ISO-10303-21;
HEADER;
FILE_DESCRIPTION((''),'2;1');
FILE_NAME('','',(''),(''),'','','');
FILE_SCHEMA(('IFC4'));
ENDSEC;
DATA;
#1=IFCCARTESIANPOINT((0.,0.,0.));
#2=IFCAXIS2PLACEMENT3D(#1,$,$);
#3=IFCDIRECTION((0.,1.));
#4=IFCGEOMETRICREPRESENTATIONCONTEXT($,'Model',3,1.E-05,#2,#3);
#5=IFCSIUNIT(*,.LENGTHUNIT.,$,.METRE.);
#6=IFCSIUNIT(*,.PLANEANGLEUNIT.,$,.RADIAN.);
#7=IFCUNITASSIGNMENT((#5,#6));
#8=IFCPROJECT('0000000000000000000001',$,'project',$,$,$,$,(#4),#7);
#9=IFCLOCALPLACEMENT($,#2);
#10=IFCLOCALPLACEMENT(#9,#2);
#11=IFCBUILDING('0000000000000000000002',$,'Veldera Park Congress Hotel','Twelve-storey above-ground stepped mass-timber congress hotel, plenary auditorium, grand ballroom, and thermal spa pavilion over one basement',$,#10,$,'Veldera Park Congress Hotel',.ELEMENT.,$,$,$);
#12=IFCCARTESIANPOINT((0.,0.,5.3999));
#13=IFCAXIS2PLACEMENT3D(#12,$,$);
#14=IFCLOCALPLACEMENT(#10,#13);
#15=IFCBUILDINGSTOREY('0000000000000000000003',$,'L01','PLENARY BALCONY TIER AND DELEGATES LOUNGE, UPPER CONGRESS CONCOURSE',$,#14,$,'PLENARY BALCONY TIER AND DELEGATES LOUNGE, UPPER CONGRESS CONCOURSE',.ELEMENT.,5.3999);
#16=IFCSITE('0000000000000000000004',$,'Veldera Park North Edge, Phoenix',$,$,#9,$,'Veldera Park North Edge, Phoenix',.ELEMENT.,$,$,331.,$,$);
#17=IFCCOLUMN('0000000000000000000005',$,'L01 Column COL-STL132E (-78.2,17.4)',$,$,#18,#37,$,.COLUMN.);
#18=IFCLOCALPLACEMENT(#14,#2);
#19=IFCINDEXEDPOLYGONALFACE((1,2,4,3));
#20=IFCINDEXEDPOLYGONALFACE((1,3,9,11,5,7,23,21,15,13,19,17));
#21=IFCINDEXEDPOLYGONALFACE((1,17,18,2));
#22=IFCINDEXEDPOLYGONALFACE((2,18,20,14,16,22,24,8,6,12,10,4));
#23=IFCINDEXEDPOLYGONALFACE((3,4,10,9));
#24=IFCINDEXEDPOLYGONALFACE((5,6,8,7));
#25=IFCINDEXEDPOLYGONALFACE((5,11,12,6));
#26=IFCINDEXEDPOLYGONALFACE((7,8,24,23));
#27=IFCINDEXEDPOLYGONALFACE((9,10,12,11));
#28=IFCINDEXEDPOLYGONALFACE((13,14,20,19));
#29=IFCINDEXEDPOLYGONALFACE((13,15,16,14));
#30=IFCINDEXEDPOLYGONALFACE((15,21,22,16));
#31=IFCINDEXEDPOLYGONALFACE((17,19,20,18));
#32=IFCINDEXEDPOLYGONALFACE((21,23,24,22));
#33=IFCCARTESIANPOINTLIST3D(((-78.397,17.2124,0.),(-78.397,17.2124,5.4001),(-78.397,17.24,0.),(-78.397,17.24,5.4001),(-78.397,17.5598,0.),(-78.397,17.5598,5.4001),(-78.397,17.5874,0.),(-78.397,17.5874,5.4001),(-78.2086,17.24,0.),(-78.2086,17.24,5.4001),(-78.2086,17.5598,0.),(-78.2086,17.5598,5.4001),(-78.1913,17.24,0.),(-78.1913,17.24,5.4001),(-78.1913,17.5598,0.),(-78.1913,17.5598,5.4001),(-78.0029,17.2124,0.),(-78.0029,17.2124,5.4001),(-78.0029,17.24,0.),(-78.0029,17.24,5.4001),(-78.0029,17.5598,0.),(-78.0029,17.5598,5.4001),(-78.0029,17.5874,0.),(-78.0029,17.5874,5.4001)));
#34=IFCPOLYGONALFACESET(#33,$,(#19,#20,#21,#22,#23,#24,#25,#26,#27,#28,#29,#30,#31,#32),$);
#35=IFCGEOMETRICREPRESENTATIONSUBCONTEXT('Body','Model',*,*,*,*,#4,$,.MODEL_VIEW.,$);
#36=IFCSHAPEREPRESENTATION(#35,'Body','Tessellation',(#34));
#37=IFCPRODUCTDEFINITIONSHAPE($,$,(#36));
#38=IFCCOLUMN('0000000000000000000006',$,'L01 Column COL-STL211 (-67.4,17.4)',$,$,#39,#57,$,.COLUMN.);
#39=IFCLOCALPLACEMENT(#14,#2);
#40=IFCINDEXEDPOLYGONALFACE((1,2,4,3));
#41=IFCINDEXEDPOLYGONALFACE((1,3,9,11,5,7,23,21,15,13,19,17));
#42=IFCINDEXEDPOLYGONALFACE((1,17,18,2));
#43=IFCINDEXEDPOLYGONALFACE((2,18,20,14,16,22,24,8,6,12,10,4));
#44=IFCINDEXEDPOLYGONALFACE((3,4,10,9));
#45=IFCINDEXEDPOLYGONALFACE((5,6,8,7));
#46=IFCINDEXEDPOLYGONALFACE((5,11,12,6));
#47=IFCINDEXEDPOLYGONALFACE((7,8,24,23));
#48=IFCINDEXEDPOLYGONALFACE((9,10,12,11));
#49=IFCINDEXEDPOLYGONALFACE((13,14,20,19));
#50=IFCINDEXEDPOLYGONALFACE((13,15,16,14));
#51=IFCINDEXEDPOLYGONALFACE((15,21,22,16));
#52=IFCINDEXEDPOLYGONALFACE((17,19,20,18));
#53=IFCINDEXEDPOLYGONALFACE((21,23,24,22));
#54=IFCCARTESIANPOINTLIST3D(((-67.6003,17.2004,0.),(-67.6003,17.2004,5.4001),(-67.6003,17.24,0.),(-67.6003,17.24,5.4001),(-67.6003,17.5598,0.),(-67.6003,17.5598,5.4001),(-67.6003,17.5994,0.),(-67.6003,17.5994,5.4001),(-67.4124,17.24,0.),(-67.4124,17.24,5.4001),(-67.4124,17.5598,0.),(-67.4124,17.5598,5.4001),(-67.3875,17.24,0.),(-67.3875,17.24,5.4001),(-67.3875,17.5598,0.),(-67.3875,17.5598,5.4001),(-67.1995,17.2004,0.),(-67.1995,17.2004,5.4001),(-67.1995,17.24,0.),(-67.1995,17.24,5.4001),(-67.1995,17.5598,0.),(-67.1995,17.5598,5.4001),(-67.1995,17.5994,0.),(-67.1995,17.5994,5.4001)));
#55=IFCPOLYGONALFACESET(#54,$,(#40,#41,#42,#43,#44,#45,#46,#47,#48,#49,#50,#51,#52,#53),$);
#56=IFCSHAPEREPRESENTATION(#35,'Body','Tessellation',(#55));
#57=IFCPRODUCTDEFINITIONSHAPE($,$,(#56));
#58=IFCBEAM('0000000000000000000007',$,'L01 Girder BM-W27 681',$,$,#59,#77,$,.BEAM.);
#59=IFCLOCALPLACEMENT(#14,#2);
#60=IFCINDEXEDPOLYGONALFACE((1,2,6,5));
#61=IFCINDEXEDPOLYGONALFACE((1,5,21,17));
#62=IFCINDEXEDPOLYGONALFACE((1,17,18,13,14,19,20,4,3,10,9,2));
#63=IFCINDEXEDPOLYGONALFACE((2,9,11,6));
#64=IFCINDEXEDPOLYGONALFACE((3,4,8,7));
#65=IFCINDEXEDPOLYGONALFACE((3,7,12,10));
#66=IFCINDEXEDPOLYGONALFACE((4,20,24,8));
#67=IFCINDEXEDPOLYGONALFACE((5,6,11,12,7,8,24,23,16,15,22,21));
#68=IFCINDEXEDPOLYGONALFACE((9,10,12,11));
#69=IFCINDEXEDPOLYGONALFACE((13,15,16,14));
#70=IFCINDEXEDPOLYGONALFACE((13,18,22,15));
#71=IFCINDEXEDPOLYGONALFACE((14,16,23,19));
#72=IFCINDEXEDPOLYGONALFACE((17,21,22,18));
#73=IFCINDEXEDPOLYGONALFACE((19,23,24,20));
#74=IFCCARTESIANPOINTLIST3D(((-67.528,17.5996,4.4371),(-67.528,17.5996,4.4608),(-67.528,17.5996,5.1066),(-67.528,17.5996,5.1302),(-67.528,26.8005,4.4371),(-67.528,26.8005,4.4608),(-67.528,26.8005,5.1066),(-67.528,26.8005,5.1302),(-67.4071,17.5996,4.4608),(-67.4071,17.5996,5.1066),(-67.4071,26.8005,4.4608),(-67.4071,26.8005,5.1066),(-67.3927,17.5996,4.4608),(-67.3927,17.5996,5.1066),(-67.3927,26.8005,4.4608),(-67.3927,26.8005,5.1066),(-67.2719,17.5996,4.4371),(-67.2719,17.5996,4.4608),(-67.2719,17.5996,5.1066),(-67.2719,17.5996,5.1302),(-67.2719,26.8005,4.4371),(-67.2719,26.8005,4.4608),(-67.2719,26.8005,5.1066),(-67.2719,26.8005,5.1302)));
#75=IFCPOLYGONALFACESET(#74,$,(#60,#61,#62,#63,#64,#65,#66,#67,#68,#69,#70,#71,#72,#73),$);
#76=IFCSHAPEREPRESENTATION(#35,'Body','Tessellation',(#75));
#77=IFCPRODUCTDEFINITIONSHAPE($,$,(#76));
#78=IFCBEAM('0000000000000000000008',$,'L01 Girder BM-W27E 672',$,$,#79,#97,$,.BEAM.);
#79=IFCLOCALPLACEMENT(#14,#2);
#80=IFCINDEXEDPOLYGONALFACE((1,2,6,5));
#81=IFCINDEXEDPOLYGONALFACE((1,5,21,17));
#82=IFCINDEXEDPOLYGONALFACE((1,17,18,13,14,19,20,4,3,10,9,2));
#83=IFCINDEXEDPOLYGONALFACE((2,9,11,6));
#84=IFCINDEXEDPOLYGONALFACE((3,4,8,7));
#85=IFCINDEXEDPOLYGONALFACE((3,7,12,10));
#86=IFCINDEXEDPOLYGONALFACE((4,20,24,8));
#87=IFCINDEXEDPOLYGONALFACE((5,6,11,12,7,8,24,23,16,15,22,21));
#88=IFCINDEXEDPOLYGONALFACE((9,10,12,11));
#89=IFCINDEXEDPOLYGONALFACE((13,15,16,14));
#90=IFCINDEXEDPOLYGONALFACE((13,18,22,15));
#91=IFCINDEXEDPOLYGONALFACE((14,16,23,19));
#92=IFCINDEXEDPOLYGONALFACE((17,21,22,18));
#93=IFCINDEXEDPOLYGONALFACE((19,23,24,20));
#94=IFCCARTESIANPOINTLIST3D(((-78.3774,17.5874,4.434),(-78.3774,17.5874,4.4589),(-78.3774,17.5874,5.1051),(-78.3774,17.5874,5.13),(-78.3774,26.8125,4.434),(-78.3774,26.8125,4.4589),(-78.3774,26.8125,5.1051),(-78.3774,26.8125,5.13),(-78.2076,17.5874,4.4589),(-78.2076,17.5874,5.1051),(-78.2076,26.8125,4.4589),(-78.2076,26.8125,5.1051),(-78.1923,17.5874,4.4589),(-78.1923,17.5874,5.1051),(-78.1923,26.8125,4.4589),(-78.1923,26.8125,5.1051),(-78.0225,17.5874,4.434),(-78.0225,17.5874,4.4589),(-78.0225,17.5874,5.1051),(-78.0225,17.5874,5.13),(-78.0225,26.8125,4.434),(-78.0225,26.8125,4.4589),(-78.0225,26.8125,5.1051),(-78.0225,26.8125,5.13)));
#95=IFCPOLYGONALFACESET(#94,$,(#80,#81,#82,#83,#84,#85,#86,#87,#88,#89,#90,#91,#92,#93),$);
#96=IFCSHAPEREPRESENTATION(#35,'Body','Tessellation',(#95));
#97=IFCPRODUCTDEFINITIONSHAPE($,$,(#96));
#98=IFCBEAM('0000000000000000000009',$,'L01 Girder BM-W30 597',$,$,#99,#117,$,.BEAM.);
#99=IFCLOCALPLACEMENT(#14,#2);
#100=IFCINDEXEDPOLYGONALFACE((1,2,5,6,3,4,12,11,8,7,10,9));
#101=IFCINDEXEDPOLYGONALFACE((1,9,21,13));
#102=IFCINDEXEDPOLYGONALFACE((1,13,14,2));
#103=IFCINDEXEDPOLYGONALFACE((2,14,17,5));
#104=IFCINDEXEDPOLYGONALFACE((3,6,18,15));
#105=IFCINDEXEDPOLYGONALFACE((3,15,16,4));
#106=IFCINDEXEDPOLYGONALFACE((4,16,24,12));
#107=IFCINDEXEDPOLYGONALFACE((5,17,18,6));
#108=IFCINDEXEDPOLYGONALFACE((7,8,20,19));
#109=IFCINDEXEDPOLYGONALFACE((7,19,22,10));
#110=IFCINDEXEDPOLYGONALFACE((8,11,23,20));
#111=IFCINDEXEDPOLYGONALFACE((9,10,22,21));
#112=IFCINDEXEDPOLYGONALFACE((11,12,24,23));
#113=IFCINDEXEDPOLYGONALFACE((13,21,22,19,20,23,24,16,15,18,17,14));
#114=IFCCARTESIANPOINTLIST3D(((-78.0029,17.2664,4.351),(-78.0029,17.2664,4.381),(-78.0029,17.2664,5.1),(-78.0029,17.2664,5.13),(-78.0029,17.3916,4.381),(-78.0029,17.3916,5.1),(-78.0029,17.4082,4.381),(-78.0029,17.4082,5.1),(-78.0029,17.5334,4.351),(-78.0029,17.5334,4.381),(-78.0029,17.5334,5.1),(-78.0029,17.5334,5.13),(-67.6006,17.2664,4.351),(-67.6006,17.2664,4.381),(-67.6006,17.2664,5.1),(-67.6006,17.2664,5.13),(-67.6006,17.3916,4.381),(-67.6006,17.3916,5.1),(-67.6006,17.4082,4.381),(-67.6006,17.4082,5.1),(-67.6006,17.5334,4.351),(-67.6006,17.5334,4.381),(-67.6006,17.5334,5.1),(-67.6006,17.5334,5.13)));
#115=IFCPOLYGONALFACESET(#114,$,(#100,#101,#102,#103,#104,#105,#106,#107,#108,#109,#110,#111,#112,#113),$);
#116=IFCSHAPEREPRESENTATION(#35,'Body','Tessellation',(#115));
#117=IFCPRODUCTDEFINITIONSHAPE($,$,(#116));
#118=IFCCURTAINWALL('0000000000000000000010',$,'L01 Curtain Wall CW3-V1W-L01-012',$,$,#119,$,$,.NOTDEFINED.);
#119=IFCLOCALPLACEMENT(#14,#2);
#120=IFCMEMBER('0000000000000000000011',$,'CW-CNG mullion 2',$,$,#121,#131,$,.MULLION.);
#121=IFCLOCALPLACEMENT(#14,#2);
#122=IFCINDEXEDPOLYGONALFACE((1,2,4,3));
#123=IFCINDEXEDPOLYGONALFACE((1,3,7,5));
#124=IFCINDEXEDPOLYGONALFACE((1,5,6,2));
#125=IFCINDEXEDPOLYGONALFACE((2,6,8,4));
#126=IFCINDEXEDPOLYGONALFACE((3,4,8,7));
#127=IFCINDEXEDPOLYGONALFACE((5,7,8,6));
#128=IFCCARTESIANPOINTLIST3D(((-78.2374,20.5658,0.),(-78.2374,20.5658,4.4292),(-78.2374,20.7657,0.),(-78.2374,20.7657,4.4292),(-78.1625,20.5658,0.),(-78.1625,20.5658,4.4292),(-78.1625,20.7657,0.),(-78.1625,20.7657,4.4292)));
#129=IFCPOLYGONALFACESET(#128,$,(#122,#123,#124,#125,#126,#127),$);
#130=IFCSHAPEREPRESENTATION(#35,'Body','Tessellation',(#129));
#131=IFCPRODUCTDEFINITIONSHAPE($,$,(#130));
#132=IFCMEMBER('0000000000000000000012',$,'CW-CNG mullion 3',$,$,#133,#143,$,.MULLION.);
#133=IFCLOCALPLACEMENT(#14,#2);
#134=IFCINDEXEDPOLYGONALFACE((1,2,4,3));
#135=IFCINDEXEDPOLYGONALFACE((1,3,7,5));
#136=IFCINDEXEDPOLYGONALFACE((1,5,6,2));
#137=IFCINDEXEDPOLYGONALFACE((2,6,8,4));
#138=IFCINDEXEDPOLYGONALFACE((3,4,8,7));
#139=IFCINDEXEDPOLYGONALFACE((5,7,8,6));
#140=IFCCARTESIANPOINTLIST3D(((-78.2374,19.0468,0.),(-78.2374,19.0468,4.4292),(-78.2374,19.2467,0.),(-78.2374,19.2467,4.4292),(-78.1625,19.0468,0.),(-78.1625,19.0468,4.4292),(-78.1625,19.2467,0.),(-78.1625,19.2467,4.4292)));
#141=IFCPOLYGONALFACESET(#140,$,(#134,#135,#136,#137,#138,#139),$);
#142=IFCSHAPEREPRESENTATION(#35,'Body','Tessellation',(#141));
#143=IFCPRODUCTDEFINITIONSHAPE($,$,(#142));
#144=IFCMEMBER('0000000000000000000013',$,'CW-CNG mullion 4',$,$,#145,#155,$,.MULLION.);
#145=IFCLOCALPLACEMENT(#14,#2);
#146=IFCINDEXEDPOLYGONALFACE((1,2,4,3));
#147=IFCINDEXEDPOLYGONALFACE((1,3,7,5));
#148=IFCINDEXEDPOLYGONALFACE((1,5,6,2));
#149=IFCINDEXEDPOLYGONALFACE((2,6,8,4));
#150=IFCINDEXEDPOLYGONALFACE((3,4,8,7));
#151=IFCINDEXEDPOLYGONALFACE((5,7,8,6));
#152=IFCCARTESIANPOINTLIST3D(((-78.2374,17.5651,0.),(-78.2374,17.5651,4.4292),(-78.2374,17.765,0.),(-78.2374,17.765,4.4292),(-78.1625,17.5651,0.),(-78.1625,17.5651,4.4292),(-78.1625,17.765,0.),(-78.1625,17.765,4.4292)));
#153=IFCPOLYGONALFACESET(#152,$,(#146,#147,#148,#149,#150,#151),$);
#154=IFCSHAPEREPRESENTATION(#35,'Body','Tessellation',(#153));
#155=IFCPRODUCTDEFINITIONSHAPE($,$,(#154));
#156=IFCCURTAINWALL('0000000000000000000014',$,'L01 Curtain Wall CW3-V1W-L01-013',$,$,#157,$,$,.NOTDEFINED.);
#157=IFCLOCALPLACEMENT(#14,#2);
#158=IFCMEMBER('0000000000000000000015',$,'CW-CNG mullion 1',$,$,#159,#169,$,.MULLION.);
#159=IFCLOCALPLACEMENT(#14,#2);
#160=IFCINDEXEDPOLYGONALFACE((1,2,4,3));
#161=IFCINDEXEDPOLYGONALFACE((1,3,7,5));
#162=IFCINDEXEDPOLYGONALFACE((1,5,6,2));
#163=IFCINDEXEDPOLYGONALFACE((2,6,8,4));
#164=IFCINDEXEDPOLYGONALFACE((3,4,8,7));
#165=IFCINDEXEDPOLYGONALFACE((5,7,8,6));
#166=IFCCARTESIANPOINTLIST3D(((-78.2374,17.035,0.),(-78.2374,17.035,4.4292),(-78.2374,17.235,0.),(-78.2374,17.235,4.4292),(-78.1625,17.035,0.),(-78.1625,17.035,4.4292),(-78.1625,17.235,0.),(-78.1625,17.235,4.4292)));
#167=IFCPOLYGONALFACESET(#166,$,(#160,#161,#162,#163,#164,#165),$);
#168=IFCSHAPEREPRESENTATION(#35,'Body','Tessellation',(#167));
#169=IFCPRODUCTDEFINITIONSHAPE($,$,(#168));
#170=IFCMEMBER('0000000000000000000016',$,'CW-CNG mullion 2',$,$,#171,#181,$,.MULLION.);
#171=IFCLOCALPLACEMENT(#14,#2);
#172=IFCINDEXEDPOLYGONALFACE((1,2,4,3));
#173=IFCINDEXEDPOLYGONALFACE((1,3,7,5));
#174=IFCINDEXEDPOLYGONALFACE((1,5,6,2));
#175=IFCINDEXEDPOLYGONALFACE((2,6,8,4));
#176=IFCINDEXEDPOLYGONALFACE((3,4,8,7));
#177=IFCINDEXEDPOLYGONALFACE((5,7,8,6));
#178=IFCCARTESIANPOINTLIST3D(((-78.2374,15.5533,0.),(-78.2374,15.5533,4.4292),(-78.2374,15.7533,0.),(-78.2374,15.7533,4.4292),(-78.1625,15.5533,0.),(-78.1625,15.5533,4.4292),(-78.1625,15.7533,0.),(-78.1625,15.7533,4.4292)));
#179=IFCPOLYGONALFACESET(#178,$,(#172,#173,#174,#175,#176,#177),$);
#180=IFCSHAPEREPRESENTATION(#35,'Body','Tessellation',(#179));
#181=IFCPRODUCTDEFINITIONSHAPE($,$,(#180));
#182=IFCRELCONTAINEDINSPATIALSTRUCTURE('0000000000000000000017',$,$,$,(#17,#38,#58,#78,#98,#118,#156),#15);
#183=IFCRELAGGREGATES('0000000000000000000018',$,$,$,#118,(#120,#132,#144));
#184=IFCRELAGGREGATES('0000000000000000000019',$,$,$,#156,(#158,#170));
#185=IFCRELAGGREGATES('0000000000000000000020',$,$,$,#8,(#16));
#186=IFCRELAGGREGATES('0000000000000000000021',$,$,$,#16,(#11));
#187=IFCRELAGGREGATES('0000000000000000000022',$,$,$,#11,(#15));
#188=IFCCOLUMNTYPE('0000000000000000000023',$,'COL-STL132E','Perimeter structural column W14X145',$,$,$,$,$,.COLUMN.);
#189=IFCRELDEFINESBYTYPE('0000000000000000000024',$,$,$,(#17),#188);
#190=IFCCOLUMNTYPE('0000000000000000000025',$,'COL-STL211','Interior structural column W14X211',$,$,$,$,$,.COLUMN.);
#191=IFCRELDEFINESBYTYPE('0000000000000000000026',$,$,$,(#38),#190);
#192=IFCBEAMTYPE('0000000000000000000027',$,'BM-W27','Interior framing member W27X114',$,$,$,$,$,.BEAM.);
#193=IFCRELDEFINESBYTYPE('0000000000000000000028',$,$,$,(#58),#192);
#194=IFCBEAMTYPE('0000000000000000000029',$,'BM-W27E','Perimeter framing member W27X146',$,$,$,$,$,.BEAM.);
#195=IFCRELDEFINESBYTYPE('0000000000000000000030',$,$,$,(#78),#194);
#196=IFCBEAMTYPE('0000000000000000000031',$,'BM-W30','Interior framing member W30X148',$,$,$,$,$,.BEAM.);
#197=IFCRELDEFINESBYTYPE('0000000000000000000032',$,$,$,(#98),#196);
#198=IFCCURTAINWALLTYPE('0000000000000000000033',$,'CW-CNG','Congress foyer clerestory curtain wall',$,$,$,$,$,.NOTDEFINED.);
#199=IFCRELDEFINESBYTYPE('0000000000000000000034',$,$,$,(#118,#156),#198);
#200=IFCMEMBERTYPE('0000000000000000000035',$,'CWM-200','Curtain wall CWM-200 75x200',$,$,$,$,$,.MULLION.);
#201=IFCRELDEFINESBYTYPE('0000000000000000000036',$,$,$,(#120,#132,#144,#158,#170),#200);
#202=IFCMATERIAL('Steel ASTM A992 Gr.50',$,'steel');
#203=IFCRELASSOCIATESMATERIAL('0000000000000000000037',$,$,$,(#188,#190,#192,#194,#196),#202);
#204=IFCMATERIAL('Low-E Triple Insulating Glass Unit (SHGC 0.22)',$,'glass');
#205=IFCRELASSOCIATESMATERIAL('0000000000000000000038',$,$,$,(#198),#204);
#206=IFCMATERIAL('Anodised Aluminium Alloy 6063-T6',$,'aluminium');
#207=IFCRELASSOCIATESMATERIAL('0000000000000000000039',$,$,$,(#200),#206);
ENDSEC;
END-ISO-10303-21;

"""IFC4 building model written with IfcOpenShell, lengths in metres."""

from ifc_helpers import new_model, si_unit, direction, frame, origin, origin_2d, place, context, subcontext, project, spatial, rectangle, i_section, extrude, material, material_profile, profile_set, type_object, element, aggregate, save


model = new_model("IFC4")

# Units and contexts
model_context = context("Model", 3, precision=1e-05, world=origin(), true_north=direction((0.0, 1.0)))
body_context = subcontext(model_context, "Body", "Model", "MODEL_VIEW")
ifc_project = project(units=[si_unit("LENGTHUNIT", "METRE"), si_unit("PLANEANGLEUNIT", "RADIAN")], contexts=[model_context])

# Site, building, storey
site_placement = place(None, origin())
site = spatial("IfcSite", under=ifc_project, at=site_placement, Name="Veldera Park North Edge, Phoenix", LongName="Veldera Park North Edge, Phoenix", CompositionType="ELEMENT", RefElevation=331.0)
building_placement = place(site_placement, origin())
building = spatial("IfcBuilding", under=site, at=building_placement, Name="Veldera Park Congress Hotel", Description="Twelve-storey above-ground stepped mass-timber congress hotel, plenary auditorium, grand ballroom, and thermal spa pavilion over one basement", LongName="Veldera Park Congress Hotel", CompositionType="ELEMENT")
storey_placement = place(building_placement, frame((0.0, 0.0, 5.3999)))
storey = spatial("IfcBuildingStorey", under=building, at=storey_placement, Name="L01", Description="PLENARY BALCONY TIER AND DELEGATES LOUNGE, UPPER CONGRESS CONCOURSE", LongName="PLENARY BALCONY TIER AND DELEGATES LOUNGE, UPPER CONGRESS CONCOURSE", CompositionType="ELEMENT", Elevation=5.3999)

# Columns
ifc_material_1 = material(Name="Steel ASTM A992 Gr.50", Category="steel")
ifc_material_profile_1 = material_profile(ifc_material_1, i_section(OverallWidth=0.394, OverallDepth=0.375, WebThickness=0.0173, FlangeThickness=0.0276, at=origin_2d()), Name="W14X145")
ifc_profile_set_1 = profile_set([ifc_material_profile_1], Name="Steel ASTM A992 Gr.50")
column_type_1 = type_object("IfcColumnType", Name="COL-STL132E", Description="Perimeter structural column W14X145", PredefinedType="COLUMN", material=ifc_profile_set_1)
column_1_placement = place(storey_placement, frame((-78.2, 17.3999, 0.0), z_axis=(0.0, 0.0, 1.0), x_axis=(1.0, 0.0, 0.0)))
element("IfcColumn", 1, at=column_1_placement, inside=storey, type_object=column_type_1, Name="L01 Column COL-STL132E (-78.2,17.4)", PredefinedType="COLUMN", context=body_context, shape_type="SweptSolid", body=[
    extrude(i_section(OverallWidth=0.394, OverallDepth=0.375, WebThickness=0.0173, FlangeThickness=0.0276, at=origin_2d()), origin(), (0.0, 0.0, 1.0), 5.4001),
])
ifc_material_profile_2 = material_profile(ifc_material_1, i_section(OverallWidth=0.4009, OverallDepth=0.3989, WebThickness=0.0249, FlangeThickness=0.0396, at=origin_2d()), Name="W14X211")
ifc_profile_set_2 = profile_set([ifc_material_profile_2], Name="Steel ASTM A992 Gr.50")
column_type_2 = type_object("IfcColumnType", Name="COL-STL211", Description="Interior structural column W14X211", PredefinedType="COLUMN", material=ifc_profile_set_2)
column_2_placement = place(storey_placement, frame((-67.3999, 17.3999, 0.0), z_axis=(0.0, 0.0, 1.0), x_axis=(1.0, 0.0, 0.0)))
element("IfcColumn", 2, at=column_2_placement, inside=storey, type_object=column_type_2, Name="L01 Column COL-STL211 (-67.4,17.4)", PredefinedType="COLUMN", context=body_context, shape_type="SweptSolid", body=[
    extrude(i_section(OverallWidth=0.4009, OverallDepth=0.3989, WebThickness=0.0249, FlangeThickness=0.0396, at=origin_2d()), origin(), (0.0, 0.0, 1.0), 5.4001),
])

# Beams
ifc_material_profile_3 = material_profile(ifc_material_1, i_section(OverallWidth=0.2561, OverallDepth=0.6931, WebThickness=0.0144, FlangeThickness=0.0237, at=origin_2d()), Name="W27X114")
ifc_profile_set_3 = profile_set([ifc_material_profile_3], Name="Steel ASTM A992 Gr.50")
beam_type_1 = type_object("IfcBeamType", Name="BM-W27", Description="Interior framing member W27X114", PredefinedType="BEAM", material=ifc_profile_set_3)
beam_1_placement = place(storey_placement, frame((-67.3999, 17.5996, 4.7837), z_axis=(0.0, 1.0, 0.0), x_axis=(-1.0, 0.0, 0.0)))
element("IfcBeam", 3, at=beam_1_placement, inside=storey, type_object=beam_type_1, Name="L01 Girder BM-W27 681", PredefinedType="BEAM", context=body_context, shape_type="SweptSolid", body=[
    extrude(i_section(OverallWidth=0.2561, OverallDepth=0.6931, WebThickness=0.0144, FlangeThickness=0.0237, at=origin_2d()), origin(), (0.0, 0.0, 1.0), 9.2009),
])
ifc_material_profile_4 = material_profile(ifc_material_1, i_section(OverallWidth=0.355, OverallDepth=0.696, WebThickness=0.0154, FlangeThickness=0.0249, at=origin_2d()), Name="W27X146")
ifc_profile_set_4 = profile_set([ifc_material_profile_4], Name="Steel ASTM A992 Gr.50")
beam_type_2 = type_object("IfcBeamType", Name="BM-W27E", Description="Perimeter framing member W27X146", PredefinedType="BEAM", material=ifc_profile_set_4)
beam_2_placement = place(storey_placement, frame((-78.2, 17.5874, 4.782), z_axis=(0.0, 1.0, 0.0), x_axis=(-1.0, 0.0, 0.0)))
element("IfcBeam", 4, at=beam_2_placement, inside=storey, type_object=beam_type_2, Name="L01 Girder BM-W27E 672", PredefinedType="BEAM", context=body_context, shape_type="SweptSolid", body=[
    extrude(i_section(OverallWidth=0.355, OverallDepth=0.696, WebThickness=0.0154, FlangeThickness=0.0249, at=origin_2d()), origin(), (0.0, 0.0, 1.0), 9.2251),
])
ifc_material_profile_5 = material_profile(ifc_material_1, i_section(OverallWidth=0.2671, OverallDepth=0.7791, WebThickness=0.0166, FlangeThickness=0.03, at=origin_2d()), Name="W30X148")
ifc_profile_set_5 = profile_set([ifc_material_profile_5], Name="Steel ASTM A992 Gr.50")
beam_type_3 = type_object("IfcBeamType", Name="BM-W30", Description="Interior framing member W30X148", PredefinedType="BEAM", material=ifc_profile_set_5)
beam_3_placement = place(storey_placement, frame((-78.0029, 17.3999, 4.7405), z_axis=(1.0, 0.0, 0.0), x_axis=(0.0, 1.0, 0.0)))
element("IfcBeam", 5, at=beam_3_placement, inside=storey, type_object=beam_type_3, Name="L01 Girder BM-W30 597", PredefinedType="BEAM", context=body_context, shape_type="SweptSolid", body=[
    extrude(i_section(OverallWidth=0.2671, OverallDepth=0.7791, WebThickness=0.0166, FlangeThickness=0.03, at=origin_2d()), origin(), (0.0, 0.0, 1.0), 10.4023),
])

# Curtain walls, members
ifc_material_2 = material(Name="Low-E Triple Insulating Glass Unit (SHGC 0.22)", Category="glass")
curtain_wall_type = type_object("IfcCurtainWallType", Name="CW-CNG", Description="Congress foyer clerestory curtain wall", PredefinedType="NOTDEFINED", material=ifc_material_2)
curtain_wall_1_placement = place(storey_placement, origin())
curtain_wall_1 = element("IfcCurtainWall", 6, at=curtain_wall_1_placement, inside=storey, type_object=curtain_wall_type, Name="L01 Curtain Wall CW3-V1W-L01-012", PredefinedType="NOTDEFINED")
ifc_material_3 = material(Name="Anodised Aluminium Alloy 6063-T6", Category="aluminium")
ifc_material_profile_6 = material_profile(ifc_material_3, rectangle(XDim=0.075, YDim=0.2, at=origin_2d()), Name="ALU 75x200")
ifc_profile_set_6 = profile_set([ifc_material_profile_6], Name="Anodised Aluminium Alloy 6063-T6")
member_type_1 = type_object("IfcMemberType", Name="CWM-200", Description="Curtain wall CWM-200 75x200", PredefinedType="MULLION", material=ifc_profile_set_6)
member_1_placement = place(storey_placement, frame((-78.2, 20.6658, 0.0), z_axis=(0.0, 0.0, 1.0), x_axis=(1.0, 0.0, 0.0)))
member_1 = element("IfcMember", 7, at=member_1_placement, type_object=member_type_1, Name="CW-CNG mullion 2", PredefinedType="MULLION", context=body_context, shape_type="SweptSolid", body=[
    extrude(rectangle(XDim=0.075, YDim=0.2, at=origin_2d()), origin(), (0.0, 0.0, 1.0), 4.4292),
])
member_2_placement = place(storey_placement, frame((-78.2, 19.1467, 0.0), z_axis=(0.0, 0.0, 1.0), x_axis=(1.0, 0.0, 0.0)))
member_2 = element("IfcMember", 8, at=member_2_placement, type_object=member_type_1, Name="CW-CNG mullion 3", PredefinedType="MULLION", context=body_context, shape_type="SweptSolid", body=[
    extrude(rectangle(XDim=0.075, YDim=0.2, at=origin_2d()), origin(), (0.0, 0.0, 1.0), 4.4292),
])
member_3_placement = place(storey_placement, frame((-78.2, 17.665, 0.0), z_axis=(0.0, 0.0, 1.0), x_axis=(1.0, 0.0, 0.0)))
member_3 = element("IfcMember", 9, at=member_3_placement, type_object=member_type_1, Name="CW-CNG mullion 4", PredefinedType="MULLION", context=body_context, shape_type="SweptSolid", body=[
    extrude(rectangle(XDim=0.075, YDim=0.2, at=origin_2d()), origin(), (0.0, 0.0, 1.0), 4.4292),
])
curtain_wall_2_placement = place(storey_placement, origin())
curtain_wall_2 = element("IfcCurtainWall", 10, at=curtain_wall_2_placement, inside=storey, type_object=curtain_wall_type, Name="L01 Curtain Wall CW3-V1W-L01-013", PredefinedType="NOTDEFINED")
member_4_placement = place(storey_placement, frame((-78.2, 17.135, 0.0), z_axis=(0.0, 0.0, 1.0), x_axis=(1.0, 0.0, 0.0)))
member_4 = element("IfcMember", 11, at=member_4_placement, type_object=member_type_1, Name="CW-CNG mullion 1", PredefinedType="MULLION", context=body_context, shape_type="SweptSolid", body=[
    extrude(rectangle(XDim=0.075, YDim=0.2, at=origin_2d()), origin(), (0.0, 0.0, 1.0), 4.4292),
])
member_5_placement = place(storey_placement, frame((-78.2, 15.6533, 0.0), z_axis=(0.0, 0.0, 1.0), x_axis=(1.0, 0.0, 0.0)))
member_5 = element("IfcMember", 12, at=member_5_placement, type_object=member_type_1, Name="CW-CNG mullion 2", PredefinedType="MULLION", context=body_context, shape_type="SweptSolid", body=[
    extrude(rectangle(XDim=0.075, YDim=0.2, at=origin_2d()), origin(), (0.0, 0.0, 1.0), 4.4292),
])

aggregate(curtain_wall_1, [member_1, member_2, member_3])
aggregate(curtain_wall_2, [member_4, member_5])

save(model, "model.ifc")
